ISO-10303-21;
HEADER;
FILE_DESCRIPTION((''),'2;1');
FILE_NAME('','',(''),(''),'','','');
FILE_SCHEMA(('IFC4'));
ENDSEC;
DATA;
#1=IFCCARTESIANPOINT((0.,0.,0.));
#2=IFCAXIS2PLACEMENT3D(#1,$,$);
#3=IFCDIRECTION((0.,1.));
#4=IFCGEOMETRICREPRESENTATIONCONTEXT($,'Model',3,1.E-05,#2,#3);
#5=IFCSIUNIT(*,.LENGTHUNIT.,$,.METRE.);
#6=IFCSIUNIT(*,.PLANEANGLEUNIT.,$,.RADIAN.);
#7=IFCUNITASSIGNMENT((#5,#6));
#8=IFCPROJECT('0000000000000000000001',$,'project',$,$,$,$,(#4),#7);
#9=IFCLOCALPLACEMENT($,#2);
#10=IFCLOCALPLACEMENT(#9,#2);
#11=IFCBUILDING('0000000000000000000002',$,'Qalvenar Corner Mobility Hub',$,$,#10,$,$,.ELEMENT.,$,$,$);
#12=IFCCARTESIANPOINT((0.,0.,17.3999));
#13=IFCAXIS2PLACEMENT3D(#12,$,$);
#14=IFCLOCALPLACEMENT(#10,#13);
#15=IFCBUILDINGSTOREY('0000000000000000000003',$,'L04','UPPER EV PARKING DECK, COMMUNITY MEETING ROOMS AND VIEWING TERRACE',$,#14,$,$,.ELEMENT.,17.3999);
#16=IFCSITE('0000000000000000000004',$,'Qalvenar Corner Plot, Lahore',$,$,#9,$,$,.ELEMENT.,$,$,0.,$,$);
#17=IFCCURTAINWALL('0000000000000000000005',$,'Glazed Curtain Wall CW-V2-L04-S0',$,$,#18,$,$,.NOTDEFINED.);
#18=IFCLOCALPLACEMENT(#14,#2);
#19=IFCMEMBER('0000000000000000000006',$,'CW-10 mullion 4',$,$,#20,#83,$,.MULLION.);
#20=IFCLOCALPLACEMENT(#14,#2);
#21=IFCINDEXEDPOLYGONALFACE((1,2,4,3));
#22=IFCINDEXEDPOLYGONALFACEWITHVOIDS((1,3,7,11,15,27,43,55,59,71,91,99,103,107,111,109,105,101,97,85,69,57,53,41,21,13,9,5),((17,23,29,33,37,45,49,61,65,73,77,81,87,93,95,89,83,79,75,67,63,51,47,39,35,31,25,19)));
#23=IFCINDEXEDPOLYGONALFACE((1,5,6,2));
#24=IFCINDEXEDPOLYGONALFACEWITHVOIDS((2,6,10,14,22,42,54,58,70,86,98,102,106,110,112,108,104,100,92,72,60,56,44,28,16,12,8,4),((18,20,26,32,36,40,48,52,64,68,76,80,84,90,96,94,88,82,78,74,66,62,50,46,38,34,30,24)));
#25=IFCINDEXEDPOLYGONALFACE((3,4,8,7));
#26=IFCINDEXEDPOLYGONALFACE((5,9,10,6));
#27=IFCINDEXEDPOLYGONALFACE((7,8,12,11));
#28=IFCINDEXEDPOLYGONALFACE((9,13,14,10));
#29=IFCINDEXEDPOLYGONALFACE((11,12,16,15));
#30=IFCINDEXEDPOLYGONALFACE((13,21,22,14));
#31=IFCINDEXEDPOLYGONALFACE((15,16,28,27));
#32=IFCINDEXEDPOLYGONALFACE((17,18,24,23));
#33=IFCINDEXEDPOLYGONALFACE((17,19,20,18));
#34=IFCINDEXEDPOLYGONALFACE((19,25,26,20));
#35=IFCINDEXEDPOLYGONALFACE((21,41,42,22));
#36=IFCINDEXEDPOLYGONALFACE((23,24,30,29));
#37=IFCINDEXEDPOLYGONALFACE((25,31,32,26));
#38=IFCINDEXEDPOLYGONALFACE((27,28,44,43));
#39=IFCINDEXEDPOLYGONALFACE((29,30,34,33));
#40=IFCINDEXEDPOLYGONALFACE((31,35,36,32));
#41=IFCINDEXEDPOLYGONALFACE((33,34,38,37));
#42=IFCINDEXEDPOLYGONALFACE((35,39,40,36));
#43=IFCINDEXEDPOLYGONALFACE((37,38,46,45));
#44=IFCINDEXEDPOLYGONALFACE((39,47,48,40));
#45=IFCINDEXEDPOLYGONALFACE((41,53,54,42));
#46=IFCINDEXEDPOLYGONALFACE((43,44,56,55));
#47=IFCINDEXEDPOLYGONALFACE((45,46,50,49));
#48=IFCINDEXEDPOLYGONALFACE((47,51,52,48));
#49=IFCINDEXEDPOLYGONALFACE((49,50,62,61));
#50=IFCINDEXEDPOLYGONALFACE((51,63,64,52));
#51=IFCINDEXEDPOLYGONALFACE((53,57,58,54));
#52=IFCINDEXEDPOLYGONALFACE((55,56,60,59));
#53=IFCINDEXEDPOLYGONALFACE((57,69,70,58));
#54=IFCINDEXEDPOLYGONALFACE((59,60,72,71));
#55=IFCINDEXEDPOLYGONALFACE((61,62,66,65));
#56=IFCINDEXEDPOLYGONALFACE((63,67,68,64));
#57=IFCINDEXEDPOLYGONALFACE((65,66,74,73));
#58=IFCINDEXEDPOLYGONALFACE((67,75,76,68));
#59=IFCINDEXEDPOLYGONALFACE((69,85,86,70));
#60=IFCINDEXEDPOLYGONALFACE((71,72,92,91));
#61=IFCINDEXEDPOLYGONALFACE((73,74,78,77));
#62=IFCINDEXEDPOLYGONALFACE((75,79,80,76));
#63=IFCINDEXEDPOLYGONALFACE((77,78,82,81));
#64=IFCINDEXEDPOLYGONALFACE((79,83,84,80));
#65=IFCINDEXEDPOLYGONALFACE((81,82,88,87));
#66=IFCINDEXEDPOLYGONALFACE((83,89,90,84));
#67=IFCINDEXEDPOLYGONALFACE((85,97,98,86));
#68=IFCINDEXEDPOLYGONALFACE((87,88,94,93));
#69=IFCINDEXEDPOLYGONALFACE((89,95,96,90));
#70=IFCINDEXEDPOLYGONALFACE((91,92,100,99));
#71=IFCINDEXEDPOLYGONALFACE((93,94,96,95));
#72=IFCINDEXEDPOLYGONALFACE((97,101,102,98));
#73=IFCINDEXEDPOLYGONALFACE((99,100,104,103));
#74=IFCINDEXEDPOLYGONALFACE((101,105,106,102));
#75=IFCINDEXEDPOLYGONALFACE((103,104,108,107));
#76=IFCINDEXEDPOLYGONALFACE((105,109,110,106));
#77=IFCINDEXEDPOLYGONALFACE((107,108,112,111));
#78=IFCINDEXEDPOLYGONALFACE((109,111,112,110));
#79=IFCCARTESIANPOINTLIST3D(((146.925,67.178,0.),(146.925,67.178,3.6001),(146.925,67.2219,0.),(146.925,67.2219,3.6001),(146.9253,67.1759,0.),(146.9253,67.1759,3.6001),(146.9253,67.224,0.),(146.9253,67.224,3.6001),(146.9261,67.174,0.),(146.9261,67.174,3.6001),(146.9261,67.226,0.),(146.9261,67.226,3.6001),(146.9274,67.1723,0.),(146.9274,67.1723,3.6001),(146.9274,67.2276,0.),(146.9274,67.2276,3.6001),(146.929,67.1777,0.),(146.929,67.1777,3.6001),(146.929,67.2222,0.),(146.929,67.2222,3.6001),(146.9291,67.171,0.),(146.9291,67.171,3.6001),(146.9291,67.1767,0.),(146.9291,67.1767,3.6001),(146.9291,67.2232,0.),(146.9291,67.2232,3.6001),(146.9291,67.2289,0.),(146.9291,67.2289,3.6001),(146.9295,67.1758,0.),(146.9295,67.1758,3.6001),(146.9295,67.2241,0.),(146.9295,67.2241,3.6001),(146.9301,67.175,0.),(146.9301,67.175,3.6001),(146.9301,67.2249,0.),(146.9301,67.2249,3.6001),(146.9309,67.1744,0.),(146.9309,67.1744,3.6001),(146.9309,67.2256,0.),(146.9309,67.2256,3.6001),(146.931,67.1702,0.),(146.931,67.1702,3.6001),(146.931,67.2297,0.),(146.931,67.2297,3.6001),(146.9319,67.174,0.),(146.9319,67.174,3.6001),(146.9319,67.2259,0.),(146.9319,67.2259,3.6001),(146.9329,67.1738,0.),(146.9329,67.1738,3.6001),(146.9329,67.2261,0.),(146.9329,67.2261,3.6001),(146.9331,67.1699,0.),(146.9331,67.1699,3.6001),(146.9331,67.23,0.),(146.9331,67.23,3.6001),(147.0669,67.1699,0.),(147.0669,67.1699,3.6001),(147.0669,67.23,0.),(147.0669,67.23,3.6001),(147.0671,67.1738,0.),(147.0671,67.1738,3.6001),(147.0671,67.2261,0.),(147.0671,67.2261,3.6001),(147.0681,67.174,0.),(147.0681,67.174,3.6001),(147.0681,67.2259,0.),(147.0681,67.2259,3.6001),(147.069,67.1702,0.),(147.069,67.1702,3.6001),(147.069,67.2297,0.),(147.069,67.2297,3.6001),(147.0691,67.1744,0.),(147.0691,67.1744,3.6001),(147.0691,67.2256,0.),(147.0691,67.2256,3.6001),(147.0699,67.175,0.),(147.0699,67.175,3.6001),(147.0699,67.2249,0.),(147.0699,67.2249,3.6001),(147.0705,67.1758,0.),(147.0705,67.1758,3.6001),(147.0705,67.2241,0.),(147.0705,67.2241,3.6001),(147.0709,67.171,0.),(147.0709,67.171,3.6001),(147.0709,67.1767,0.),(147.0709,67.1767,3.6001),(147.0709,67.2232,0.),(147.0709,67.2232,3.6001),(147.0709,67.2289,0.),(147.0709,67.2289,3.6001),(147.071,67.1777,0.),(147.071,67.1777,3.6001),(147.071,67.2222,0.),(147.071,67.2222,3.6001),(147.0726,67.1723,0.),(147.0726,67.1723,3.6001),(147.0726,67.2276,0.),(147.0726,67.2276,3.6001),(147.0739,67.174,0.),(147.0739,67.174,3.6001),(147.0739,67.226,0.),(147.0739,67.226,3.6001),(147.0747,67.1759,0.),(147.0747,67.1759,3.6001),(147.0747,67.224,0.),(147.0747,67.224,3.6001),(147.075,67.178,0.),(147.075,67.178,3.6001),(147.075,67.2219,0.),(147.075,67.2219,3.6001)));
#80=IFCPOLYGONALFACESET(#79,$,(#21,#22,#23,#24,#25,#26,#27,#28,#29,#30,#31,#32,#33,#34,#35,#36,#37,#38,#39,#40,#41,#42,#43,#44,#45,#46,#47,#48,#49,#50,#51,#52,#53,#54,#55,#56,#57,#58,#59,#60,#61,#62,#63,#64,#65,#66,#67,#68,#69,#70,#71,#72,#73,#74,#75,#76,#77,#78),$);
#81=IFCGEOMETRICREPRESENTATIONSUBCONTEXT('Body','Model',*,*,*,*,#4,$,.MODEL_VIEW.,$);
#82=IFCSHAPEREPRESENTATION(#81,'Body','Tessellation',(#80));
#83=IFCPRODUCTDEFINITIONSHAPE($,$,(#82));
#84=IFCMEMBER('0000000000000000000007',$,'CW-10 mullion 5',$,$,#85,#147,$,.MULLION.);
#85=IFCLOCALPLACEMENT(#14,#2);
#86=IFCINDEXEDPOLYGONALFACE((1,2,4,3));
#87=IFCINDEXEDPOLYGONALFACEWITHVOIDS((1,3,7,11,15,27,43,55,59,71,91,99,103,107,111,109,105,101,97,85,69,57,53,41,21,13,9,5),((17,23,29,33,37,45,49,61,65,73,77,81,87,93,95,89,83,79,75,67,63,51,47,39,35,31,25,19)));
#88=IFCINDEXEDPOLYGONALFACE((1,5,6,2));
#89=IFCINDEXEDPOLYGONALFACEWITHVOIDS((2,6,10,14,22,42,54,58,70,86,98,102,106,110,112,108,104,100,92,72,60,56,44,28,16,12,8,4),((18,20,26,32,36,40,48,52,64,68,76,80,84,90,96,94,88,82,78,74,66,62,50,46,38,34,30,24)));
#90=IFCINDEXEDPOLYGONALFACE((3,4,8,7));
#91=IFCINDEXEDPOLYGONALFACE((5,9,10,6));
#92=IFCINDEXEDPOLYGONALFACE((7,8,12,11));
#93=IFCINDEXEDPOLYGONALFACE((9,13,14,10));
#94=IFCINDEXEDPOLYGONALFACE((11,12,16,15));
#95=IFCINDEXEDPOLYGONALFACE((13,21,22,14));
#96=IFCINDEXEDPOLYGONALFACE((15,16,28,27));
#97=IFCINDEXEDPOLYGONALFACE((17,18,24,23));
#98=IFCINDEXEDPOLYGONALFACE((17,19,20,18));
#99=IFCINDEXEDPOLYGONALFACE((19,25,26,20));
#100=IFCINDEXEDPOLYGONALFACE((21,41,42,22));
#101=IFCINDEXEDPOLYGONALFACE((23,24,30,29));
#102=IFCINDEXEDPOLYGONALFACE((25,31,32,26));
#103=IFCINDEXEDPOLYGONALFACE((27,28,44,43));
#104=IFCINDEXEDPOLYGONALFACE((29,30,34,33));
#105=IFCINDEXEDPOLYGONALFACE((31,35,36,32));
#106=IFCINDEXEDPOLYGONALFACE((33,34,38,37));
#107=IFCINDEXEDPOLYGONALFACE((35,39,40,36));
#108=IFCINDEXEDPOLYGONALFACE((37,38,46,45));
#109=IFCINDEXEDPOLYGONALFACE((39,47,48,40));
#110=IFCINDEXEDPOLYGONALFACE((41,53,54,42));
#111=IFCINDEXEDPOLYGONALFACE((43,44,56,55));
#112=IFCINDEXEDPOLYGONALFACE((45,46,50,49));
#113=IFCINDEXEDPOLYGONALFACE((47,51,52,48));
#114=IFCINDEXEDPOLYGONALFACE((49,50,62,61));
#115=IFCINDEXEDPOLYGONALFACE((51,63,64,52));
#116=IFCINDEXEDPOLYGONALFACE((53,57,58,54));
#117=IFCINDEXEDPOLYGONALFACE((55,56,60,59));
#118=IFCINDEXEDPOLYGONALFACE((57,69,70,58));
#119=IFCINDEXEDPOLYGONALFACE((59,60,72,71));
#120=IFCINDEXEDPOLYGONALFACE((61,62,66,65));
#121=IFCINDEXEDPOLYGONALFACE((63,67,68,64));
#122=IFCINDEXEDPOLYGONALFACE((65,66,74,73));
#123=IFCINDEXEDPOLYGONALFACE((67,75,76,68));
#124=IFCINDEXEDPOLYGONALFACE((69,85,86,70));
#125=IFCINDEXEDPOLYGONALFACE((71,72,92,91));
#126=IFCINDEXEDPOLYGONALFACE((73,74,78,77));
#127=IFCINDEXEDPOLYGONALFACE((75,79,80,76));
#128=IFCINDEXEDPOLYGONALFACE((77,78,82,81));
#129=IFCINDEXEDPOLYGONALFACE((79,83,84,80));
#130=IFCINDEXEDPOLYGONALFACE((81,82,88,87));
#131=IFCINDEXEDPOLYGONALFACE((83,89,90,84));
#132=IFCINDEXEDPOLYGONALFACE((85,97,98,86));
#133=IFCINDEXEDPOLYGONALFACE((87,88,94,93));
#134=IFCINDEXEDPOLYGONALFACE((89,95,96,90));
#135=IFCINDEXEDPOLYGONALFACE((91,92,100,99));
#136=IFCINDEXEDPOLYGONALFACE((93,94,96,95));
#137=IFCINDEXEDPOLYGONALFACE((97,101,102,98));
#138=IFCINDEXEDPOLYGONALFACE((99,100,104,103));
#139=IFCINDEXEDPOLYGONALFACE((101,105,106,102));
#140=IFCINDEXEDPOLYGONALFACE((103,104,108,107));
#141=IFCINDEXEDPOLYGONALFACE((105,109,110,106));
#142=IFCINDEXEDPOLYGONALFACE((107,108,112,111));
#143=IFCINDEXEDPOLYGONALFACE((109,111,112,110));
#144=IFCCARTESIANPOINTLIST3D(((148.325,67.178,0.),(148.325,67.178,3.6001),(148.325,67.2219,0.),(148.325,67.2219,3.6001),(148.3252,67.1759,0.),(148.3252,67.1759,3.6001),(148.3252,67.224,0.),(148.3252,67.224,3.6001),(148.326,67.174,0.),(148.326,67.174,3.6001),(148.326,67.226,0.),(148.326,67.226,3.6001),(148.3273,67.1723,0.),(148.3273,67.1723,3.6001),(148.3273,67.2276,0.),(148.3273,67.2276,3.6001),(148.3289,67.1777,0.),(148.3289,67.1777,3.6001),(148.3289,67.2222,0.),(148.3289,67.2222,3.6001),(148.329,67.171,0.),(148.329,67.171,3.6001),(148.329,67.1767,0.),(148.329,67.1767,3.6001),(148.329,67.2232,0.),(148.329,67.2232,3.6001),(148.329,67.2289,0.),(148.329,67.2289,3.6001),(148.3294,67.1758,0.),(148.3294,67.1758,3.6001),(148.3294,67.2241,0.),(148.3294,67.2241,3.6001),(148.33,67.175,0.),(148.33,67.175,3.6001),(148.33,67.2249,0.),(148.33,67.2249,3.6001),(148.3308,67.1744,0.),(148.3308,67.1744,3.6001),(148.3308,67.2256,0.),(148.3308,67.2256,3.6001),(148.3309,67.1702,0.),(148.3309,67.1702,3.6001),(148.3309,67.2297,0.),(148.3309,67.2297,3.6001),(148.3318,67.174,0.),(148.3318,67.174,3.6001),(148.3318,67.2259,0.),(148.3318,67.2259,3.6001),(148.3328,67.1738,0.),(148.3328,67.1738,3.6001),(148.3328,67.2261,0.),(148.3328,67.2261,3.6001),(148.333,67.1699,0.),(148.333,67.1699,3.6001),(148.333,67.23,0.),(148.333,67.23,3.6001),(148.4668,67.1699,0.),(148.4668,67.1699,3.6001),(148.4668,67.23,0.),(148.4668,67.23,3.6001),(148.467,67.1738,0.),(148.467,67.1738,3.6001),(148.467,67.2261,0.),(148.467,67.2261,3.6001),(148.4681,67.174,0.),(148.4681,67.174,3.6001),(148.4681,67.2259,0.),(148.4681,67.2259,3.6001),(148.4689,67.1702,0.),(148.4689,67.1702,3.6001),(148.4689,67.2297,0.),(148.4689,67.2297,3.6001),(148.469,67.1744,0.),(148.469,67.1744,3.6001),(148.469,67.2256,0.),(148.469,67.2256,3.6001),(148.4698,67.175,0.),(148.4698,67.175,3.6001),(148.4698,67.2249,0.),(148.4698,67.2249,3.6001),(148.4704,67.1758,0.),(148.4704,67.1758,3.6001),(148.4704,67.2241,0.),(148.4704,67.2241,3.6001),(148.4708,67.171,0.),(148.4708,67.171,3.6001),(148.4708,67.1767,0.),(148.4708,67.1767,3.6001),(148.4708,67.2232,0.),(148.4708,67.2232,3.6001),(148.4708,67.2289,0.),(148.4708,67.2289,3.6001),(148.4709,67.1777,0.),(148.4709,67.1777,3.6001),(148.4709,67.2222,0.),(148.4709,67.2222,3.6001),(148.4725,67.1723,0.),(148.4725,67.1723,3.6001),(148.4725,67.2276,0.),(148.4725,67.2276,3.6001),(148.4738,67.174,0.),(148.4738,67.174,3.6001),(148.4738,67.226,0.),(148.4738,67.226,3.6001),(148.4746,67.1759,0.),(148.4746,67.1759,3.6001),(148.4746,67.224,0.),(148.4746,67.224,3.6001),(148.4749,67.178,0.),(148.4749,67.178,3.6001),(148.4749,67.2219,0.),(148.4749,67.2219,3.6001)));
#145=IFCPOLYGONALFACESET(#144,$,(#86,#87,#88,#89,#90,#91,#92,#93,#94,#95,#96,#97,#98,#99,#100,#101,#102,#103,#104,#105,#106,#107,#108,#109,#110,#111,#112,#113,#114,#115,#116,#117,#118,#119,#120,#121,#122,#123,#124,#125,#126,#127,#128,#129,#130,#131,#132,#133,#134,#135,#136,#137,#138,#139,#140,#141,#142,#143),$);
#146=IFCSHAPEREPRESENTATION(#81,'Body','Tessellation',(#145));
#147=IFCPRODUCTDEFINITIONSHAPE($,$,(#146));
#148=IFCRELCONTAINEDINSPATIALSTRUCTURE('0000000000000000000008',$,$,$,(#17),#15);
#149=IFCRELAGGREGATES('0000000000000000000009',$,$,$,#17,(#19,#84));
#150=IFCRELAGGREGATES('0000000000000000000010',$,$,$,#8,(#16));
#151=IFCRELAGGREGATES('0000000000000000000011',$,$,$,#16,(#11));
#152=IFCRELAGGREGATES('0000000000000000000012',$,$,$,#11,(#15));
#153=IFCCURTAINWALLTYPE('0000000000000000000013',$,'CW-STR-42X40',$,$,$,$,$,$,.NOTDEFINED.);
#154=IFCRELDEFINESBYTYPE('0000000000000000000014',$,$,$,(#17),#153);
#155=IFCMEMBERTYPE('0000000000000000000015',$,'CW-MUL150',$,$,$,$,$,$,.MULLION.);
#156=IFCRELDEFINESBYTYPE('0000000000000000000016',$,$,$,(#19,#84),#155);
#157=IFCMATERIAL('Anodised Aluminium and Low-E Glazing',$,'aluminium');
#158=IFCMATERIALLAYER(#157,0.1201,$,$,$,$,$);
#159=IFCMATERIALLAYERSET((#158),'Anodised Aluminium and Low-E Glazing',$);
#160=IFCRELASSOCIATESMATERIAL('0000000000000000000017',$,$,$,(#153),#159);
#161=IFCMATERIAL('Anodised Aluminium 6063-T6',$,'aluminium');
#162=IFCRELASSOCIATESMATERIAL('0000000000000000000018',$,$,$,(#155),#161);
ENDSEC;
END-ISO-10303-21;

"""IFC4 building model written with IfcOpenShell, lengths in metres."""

from ifc_helpers import new_model, si_unit, direction, frame, origin, origin_2d, place, context, subcontext, project, spatial, hollow_rectangle, extrude, material, layer, layer_set, material_profile, profile_set, type_object, element, aggregate, save


model = new_model("IFC4")

# Units and contexts
model_context = context("Model", 3, precision=1e-05, world=origin(), true_north=direction((0.0, 1.0)))
body_context = subcontext(model_context, "Body", "Model", "MODEL_VIEW")
ifc_project = project(units=[si_unit("LENGTHUNIT", "METRE"), si_unit("PLANEANGLEUNIT", "RADIAN")], contexts=[model_context])

# Site, building, storey
site_placement = place(None, origin())
site = spatial("IfcSite", under=ifc_project, at=site_placement, Name="Qalvenar Corner Plot, Lahore", CompositionType="ELEMENT", RefElevation=0.0)
building_placement = place(site_placement, origin())
building = spatial("IfcBuilding", under=site, at=building_placement, Name="Qalvenar Corner Mobility Hub", CompositionType="ELEMENT")
storey_placement = place(building_placement, frame((0.0, 0.0, 17.3999)))
storey = spatial("IfcBuildingStorey", under=building, at=storey_placement, Name="L04", Description="UPPER EV PARKING DECK, COMMUNITY MEETING ROOMS AND VIEWING TERRACE", CompositionType="ELEMENT", Elevation=17.3999)

# Curtain wall, members
ifc_material_1 = material(Name="Anodised Aluminium and Low-E Glazing", Category="aluminium")
ifc_layer_1 = layer(ifc_material_1, 0.1201)
ifc_layer_set_1 = layer_set([ifc_layer_1], Name="Anodised Aluminium and Low-E Glazing")
curtain_wall_type = type_object("IfcCurtainWallType", Name="CW-STR-42X40", PredefinedType="NOTDEFINED", material=ifc_layer_set_1)
curtain_wall_placement = place(storey_placement, origin())
curtain_wall = element("IfcCurtainWall", 1, at=curtain_wall_placement, inside=storey, type_object=curtain_wall_type, Name="Glazed Curtain Wall CW-V2-L04-S0", PredefinedType="NOTDEFINED")
ifc_material_2 = material(Name="Anodised Aluminium 6063-T6", Category="aluminium")
ifc_material_profile_1 = material_profile(ifc_material_2, hollow_rectangle(XDim=0.0601, YDim=0.1499, WallThickness=0.0039, InnerFilletRadius=0.0039, OuterFilletRadius=0.0081, at=origin_2d()), Name="RHS150x60x4")
ifc_profile_set_1 = profile_set([ifc_material_profile_1], Name="Anodised Aluminium 6063-T6")
member_type_1 = type_object("IfcMemberType", Name="CW-MUL150", PredefinedType="MULLION", material=ifc_profile_set_1)
member_1_placement = place(storey_placement, frame((147.0, 67.2, 0.0), z_axis=(0.0, 0.0, 1.0), x_axis=(0.0, 1.0, 0.0)))
member_1 = element("IfcMember", 2, at=member_1_placement, type_object=member_type_1, Name="CW-10 mullion 4", PredefinedType="MULLION", context=body_context, shape_type="SweptSolid", body=[
    extrude(hollow_rectangle(XDim=0.0601, YDim=0.1499, WallThickness=0.0039, InnerFilletRadius=0.0039, OuterFilletRadius=0.0081, at=origin_2d()), origin(), (0.0, 0.0, 1.0), 3.6001),
])
member_2_placement = place(storey_placement, frame((148.3999, 67.2, 0.0), z_axis=(0.0, 0.0, 1.0), x_axis=(0.0, 1.0, 0.0)))
member_2 = element("IfcMember", 3, at=member_2_placement, type_object=member_type_1, Name="CW-10 mullion 5", PredefinedType="MULLION", context=body_context, shape_type="SweptSolid", body=[
    extrude(hollow_rectangle(XDim=0.0601, YDim=0.1499, WallThickness=0.0039, InnerFilletRadius=0.0039, OuterFilletRadius=0.0081, at=origin_2d()), origin(), (0.0, 0.0, 1.0), 3.6001),
])
aggregate(curtain_wall, [member_1, member_2])

save(model, "model.ifc")
